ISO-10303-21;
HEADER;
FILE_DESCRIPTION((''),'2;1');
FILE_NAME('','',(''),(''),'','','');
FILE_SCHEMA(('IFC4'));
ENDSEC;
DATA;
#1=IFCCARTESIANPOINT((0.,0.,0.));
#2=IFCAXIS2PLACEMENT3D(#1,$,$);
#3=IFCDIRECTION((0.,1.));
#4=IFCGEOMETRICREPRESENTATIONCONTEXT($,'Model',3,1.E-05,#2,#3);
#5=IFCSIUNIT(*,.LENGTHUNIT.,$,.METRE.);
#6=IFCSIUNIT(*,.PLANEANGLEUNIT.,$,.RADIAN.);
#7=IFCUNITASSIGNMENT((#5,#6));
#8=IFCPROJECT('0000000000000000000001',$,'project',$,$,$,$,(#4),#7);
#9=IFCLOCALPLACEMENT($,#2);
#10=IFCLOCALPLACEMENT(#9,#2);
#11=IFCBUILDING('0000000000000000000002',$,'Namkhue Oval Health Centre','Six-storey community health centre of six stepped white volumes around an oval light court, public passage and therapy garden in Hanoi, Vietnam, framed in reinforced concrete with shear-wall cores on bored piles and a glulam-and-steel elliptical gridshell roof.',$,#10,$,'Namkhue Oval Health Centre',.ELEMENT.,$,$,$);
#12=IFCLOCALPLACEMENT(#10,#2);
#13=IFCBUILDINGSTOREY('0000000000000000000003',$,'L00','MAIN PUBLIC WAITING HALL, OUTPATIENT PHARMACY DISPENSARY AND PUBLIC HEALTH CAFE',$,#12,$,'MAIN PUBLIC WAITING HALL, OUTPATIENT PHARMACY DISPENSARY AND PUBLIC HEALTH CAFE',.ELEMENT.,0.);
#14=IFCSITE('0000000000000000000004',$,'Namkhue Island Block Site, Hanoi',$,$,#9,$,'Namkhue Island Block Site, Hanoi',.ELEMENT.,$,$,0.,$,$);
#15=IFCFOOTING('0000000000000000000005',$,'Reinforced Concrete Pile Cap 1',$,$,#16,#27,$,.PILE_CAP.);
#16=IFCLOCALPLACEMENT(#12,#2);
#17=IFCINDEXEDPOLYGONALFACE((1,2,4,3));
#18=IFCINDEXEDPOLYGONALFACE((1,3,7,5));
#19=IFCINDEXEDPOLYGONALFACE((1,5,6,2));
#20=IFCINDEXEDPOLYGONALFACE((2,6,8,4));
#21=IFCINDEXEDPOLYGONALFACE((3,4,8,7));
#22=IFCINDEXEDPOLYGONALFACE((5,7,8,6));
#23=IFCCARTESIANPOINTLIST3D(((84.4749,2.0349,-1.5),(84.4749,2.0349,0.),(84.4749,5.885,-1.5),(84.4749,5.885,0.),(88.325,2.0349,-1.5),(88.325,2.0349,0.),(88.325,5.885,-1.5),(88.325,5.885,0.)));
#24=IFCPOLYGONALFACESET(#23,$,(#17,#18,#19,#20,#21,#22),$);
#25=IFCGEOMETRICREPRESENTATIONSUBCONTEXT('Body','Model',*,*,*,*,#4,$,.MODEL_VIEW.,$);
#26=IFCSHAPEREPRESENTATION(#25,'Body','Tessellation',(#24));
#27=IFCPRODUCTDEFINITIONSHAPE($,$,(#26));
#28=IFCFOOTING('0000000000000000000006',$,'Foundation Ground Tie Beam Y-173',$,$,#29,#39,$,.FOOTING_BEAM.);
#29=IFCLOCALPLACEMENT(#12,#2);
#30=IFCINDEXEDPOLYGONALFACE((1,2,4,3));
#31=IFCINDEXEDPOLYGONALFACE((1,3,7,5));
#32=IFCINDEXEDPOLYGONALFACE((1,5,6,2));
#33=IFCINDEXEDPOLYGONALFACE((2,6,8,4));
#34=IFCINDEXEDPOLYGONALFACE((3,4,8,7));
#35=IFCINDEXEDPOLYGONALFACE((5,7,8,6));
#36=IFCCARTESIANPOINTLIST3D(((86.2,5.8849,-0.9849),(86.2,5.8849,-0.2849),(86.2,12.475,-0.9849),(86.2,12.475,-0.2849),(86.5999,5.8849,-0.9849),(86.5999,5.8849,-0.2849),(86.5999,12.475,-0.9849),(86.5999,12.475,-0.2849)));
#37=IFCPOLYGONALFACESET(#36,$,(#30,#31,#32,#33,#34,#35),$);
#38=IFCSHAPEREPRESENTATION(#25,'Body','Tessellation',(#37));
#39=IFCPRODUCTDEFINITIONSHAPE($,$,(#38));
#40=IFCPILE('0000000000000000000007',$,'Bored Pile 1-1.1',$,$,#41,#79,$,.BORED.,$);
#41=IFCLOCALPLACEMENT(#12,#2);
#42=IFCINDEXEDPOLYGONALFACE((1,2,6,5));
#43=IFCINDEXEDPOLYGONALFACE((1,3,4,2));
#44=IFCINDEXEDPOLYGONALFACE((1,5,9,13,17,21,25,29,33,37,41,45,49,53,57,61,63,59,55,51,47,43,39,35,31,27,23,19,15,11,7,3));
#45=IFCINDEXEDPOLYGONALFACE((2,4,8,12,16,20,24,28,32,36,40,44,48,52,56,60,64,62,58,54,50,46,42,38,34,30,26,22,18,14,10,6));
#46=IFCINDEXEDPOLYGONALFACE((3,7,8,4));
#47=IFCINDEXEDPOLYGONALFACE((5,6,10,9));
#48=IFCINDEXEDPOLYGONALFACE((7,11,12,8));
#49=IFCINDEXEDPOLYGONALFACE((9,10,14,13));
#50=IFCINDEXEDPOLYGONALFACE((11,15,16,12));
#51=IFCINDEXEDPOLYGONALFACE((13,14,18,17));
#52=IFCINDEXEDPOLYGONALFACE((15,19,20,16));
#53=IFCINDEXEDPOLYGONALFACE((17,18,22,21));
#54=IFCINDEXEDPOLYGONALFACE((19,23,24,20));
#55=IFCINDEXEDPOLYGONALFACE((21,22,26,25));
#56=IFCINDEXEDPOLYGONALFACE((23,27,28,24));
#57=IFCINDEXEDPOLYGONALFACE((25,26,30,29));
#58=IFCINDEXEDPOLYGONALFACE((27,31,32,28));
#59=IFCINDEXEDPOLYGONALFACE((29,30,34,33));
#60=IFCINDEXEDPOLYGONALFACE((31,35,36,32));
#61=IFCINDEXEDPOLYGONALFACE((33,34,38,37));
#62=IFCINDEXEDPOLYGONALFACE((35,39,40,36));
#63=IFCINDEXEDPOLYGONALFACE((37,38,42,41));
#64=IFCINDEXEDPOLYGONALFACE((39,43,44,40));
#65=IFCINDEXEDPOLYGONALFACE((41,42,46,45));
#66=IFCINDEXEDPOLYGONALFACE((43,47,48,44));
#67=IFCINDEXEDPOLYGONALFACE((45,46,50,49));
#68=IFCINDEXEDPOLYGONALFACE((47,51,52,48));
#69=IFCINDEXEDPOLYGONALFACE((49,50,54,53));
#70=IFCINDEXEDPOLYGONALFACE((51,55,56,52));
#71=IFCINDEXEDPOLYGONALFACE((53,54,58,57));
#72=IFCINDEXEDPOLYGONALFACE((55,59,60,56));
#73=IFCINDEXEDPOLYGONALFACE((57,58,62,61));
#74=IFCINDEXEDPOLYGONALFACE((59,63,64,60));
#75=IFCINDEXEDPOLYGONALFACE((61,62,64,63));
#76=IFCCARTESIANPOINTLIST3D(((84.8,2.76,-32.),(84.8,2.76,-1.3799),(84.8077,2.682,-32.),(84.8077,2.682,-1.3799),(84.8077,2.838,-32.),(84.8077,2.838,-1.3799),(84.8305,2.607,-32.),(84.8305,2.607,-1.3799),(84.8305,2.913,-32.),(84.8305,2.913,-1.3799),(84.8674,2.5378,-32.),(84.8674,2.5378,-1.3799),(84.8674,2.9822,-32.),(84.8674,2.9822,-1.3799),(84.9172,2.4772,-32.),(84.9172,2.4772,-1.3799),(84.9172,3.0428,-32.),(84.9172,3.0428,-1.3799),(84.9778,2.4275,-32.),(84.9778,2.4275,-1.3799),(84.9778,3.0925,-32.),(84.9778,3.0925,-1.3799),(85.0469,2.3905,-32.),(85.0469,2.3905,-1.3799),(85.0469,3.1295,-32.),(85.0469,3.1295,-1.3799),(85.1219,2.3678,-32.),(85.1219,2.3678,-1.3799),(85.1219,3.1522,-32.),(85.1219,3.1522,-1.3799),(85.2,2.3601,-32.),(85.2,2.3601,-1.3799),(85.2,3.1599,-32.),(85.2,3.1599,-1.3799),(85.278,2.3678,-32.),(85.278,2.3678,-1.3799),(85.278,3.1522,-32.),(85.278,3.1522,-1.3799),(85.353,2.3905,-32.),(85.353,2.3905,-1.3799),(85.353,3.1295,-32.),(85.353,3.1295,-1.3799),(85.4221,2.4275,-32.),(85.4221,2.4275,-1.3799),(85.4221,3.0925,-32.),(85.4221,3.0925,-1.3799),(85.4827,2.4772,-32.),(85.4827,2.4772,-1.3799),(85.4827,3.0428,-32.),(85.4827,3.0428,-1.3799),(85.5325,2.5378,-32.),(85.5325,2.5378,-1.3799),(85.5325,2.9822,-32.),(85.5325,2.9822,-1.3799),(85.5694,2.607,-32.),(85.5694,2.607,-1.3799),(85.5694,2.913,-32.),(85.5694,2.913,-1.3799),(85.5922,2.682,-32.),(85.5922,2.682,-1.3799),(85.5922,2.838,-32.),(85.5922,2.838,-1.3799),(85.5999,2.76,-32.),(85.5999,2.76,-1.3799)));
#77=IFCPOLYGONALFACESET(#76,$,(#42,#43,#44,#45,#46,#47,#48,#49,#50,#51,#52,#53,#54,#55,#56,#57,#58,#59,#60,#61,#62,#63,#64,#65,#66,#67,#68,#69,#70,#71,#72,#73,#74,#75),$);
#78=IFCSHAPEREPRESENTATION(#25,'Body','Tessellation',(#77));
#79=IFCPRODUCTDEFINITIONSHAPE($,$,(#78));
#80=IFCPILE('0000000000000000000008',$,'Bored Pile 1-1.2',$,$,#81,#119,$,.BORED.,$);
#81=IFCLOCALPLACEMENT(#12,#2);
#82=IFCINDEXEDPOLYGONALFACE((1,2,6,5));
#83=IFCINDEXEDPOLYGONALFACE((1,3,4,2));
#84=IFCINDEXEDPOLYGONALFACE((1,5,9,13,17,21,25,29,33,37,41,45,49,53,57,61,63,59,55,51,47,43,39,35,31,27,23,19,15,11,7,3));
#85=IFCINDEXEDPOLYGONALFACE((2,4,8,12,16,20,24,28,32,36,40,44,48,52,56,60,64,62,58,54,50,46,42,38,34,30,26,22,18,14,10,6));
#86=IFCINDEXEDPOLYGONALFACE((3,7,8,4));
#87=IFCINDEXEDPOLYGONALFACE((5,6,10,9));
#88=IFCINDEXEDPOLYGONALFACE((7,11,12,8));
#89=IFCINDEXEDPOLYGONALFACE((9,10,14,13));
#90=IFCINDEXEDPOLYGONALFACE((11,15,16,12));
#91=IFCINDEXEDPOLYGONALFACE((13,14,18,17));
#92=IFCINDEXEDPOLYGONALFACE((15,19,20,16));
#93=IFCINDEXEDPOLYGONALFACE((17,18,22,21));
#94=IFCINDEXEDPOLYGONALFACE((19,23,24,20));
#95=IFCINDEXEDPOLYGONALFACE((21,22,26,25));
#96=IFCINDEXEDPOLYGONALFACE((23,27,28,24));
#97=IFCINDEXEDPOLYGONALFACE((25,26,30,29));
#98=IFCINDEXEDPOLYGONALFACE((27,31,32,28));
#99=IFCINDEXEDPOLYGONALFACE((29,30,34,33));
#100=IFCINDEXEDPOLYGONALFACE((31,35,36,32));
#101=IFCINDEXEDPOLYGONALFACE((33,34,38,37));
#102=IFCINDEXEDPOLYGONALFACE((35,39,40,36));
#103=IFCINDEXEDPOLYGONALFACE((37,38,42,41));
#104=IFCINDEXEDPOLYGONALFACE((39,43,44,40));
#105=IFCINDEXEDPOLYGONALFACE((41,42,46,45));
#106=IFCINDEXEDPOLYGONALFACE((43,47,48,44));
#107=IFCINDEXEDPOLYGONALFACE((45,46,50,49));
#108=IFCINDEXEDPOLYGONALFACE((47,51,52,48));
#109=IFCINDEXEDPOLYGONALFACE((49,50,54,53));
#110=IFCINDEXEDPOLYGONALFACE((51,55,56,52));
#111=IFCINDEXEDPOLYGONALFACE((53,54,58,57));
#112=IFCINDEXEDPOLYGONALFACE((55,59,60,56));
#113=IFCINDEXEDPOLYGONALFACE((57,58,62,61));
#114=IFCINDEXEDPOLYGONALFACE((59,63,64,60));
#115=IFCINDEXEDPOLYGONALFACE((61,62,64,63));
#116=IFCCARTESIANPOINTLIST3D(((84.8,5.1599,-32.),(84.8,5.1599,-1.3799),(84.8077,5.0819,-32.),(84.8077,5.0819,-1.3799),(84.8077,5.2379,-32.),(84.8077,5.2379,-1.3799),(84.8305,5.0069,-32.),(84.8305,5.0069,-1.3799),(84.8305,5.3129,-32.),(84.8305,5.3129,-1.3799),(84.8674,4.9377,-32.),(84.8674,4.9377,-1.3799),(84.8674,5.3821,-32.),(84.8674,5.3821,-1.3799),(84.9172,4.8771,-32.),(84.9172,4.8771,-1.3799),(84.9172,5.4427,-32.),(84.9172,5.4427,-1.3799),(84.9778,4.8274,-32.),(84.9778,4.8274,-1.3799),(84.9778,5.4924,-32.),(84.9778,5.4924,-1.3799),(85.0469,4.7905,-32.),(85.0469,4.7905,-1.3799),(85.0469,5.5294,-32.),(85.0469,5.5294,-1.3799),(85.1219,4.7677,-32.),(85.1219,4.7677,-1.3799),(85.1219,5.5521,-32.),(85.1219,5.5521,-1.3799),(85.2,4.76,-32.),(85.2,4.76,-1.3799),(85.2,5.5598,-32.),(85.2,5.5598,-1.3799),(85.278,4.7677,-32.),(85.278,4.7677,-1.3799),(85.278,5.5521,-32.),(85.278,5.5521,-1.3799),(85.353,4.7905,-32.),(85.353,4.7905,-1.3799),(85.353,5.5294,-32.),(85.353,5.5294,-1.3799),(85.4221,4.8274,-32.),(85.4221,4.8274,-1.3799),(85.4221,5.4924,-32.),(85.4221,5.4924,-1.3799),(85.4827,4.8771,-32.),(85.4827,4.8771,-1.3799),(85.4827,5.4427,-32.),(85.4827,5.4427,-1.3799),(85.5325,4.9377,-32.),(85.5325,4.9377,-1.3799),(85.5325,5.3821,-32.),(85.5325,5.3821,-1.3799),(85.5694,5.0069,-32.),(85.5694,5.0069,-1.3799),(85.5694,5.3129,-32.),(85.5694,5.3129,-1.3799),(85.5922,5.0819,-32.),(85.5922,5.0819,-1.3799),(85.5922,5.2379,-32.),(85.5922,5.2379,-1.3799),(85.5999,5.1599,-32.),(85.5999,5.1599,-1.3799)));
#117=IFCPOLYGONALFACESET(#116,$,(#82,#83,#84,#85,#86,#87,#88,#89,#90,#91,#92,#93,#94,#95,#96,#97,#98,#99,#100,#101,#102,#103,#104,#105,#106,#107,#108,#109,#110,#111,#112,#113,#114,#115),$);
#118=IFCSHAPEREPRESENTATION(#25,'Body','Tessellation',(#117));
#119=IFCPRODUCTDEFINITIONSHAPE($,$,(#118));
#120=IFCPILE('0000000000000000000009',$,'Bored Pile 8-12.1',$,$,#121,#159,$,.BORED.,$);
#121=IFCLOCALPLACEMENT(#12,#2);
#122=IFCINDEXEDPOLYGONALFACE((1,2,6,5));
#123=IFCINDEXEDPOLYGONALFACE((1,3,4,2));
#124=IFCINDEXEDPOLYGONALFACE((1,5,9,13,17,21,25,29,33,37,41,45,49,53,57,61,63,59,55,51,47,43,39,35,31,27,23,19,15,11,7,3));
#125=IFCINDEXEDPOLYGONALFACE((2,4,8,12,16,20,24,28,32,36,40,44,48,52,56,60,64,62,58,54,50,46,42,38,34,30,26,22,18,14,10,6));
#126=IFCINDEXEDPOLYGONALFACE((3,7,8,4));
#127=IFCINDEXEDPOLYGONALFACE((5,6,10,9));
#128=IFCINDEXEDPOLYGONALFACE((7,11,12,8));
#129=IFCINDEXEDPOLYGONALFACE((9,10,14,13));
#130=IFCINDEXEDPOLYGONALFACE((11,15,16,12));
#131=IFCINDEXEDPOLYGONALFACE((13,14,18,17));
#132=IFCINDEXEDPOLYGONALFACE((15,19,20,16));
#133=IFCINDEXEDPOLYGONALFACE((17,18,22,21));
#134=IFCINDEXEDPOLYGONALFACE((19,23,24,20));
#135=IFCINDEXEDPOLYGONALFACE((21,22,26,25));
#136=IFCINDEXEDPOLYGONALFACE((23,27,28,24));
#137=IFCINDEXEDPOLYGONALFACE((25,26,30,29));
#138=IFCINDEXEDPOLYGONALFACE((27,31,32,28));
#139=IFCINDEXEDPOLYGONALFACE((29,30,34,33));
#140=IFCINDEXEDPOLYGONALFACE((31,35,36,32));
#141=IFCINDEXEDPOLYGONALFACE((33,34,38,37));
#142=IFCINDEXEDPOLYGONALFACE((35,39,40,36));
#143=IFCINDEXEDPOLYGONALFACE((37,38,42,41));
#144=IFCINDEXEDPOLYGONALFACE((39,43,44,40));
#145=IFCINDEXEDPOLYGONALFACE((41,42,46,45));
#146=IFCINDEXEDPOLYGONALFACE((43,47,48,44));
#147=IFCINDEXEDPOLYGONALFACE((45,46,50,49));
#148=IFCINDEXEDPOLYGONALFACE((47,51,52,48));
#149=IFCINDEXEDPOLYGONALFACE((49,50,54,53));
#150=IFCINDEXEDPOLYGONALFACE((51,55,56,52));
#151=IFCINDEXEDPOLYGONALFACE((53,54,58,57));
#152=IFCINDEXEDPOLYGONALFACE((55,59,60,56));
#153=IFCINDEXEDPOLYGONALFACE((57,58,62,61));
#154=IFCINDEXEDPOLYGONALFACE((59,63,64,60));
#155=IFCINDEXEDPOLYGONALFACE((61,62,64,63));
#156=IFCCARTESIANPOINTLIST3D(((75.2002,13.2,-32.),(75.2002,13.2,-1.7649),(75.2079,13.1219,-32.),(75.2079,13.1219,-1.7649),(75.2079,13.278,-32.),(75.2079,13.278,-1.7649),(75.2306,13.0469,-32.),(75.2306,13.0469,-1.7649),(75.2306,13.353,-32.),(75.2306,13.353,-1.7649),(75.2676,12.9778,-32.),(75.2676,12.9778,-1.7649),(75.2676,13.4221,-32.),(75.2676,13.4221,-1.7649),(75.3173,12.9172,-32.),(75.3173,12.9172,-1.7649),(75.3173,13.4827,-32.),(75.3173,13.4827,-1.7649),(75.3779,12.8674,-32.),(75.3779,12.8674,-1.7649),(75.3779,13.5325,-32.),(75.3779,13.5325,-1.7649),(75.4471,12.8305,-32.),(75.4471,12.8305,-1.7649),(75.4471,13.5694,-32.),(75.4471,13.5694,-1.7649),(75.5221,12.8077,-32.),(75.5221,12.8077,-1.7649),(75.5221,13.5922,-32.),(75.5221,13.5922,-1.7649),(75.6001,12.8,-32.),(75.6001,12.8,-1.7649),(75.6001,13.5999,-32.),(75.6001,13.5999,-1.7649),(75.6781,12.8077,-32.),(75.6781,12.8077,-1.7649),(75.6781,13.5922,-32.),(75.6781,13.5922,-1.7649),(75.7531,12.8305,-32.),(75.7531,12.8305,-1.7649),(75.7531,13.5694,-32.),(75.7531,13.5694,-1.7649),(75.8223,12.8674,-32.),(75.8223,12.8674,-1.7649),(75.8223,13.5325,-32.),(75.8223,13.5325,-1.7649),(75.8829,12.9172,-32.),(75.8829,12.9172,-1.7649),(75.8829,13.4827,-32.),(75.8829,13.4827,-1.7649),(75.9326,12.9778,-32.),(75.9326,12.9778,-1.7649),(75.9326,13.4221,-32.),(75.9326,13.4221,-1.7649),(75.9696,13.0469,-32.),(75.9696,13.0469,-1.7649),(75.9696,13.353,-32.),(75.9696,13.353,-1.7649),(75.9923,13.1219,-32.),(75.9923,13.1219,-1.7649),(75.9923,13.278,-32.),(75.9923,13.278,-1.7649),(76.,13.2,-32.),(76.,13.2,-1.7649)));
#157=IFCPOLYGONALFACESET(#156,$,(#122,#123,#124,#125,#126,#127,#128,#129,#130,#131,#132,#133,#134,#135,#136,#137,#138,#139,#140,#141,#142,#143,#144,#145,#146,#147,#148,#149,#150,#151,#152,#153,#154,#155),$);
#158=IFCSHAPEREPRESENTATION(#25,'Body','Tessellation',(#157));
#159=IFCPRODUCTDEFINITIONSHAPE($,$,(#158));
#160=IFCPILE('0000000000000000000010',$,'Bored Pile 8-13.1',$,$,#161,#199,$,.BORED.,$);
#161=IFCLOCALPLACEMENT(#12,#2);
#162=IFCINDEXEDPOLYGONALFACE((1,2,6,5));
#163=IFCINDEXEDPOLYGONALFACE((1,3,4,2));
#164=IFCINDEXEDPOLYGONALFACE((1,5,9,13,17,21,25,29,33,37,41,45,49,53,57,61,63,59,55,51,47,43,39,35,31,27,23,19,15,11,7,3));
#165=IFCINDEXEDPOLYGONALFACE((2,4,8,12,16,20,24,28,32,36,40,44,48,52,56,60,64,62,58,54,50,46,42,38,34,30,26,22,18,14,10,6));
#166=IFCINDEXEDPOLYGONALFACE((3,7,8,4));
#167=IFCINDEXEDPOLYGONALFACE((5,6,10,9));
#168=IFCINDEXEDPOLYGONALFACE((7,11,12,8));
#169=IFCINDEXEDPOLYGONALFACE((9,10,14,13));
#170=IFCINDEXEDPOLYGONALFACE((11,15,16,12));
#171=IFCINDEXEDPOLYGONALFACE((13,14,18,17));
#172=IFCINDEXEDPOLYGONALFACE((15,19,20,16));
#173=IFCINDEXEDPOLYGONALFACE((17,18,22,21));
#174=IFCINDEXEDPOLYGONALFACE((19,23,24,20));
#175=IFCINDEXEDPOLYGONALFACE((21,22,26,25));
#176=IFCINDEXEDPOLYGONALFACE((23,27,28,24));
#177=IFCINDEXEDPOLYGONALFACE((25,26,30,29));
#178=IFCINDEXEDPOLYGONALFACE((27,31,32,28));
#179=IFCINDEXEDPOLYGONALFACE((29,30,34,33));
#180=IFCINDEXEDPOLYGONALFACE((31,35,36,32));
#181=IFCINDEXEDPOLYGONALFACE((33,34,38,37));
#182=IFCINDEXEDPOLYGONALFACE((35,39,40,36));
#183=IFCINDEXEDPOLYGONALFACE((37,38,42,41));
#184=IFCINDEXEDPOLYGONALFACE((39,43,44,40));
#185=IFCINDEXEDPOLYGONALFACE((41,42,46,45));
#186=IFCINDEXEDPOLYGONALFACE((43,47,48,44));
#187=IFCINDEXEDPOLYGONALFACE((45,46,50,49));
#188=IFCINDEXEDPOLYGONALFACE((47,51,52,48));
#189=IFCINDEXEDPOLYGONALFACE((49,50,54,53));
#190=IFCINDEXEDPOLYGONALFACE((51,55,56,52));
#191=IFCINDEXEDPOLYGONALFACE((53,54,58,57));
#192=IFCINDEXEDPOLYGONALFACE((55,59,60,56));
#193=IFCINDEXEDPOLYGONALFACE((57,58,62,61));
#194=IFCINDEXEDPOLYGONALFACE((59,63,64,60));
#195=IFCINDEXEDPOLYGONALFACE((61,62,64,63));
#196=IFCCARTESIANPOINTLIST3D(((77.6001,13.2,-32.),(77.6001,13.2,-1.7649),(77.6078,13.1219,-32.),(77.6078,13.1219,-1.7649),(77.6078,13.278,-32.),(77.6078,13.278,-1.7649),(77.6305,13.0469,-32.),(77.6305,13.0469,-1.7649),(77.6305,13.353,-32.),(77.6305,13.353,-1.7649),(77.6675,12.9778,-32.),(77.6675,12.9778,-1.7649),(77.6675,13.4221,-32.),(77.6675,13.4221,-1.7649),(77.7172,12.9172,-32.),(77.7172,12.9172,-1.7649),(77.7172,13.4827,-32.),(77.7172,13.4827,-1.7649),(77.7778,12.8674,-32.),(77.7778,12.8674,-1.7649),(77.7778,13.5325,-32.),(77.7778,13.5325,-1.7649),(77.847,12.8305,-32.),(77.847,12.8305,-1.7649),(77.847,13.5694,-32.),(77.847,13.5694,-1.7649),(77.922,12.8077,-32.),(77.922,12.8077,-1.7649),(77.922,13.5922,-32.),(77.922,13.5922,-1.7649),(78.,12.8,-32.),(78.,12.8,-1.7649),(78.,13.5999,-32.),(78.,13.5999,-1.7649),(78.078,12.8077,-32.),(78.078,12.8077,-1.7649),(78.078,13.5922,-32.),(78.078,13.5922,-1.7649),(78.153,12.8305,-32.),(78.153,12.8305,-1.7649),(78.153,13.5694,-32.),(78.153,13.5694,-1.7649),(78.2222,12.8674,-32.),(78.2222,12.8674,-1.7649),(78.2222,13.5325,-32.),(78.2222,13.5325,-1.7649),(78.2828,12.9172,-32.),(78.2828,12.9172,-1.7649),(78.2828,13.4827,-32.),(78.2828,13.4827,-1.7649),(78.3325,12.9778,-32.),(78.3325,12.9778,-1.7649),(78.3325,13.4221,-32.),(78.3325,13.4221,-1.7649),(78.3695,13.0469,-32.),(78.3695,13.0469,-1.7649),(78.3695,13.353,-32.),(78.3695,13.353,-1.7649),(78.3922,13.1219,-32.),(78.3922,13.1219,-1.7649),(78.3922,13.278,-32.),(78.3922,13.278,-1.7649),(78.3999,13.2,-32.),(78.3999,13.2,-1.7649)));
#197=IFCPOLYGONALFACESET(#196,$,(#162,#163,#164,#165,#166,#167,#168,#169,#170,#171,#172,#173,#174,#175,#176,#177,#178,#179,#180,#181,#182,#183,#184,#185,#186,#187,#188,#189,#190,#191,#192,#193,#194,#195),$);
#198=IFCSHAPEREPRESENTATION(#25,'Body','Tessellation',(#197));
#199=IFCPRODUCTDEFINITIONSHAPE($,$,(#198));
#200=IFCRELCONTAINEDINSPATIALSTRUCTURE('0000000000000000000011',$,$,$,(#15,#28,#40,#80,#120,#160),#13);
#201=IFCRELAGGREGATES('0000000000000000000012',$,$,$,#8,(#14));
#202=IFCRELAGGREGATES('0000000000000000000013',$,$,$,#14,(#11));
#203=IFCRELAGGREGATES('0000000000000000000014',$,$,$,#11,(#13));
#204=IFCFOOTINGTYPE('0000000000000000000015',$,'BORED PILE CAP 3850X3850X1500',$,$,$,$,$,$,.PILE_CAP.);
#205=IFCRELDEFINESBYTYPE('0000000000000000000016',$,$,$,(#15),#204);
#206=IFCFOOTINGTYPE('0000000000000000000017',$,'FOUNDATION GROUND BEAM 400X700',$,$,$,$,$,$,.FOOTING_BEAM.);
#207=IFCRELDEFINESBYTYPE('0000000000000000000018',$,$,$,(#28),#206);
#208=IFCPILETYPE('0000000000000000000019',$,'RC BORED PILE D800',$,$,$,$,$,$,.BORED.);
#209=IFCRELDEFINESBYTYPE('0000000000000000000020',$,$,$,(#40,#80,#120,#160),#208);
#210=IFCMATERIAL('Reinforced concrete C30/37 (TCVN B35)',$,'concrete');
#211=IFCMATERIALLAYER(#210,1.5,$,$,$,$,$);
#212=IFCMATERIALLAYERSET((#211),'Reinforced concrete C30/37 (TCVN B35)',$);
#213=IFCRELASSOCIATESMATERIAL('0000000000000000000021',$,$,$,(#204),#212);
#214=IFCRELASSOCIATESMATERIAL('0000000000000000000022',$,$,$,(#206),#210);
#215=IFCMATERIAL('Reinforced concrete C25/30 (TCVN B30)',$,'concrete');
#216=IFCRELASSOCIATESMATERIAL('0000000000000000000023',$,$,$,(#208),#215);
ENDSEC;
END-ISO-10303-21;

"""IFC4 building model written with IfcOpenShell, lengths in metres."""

from ifc_helpers import new_model, si_unit, direction, frame, origin, origin_2d, place, context, subcontext, project, spatial, rectangle, circle, extrude, material, layer, layer_set, material_profile, profile_set, type_object, element, save


model = new_model("IFC4")

# Units and contexts
model_context = context("Model", 3, precision=1e-05, world=origin(), true_north=direction((0.0, 1.0)))
body_context = subcontext(model_context, "Body", "Model", "MODEL_VIEW")
ifc_project = project(units=[si_unit("LENGTHUNIT", "METRE"), si_unit("PLANEANGLEUNIT", "RADIAN")], contexts=[model_context])

# Site, building, storey
site_placement = place(None, origin())
site = spatial("IfcSite", under=ifc_project, at=site_placement, Name="Namkhue Island Block Site, Hanoi", LongName="Namkhue Island Block Site, Hanoi", CompositionType="ELEMENT", RefElevation=0.0)
building_placement = place(site_placement, origin())
building = spatial("IfcBuilding", under=site, at=building_placement, Name="Namkhue Oval Health Centre", Description="Six-storey community health centre of six stepped white volumes around an oval light court, public passage and therapy garden in Hanoi, Vietnam, framed in reinforced concrete with shear-wall cores on bored piles and a glulam-and-steel elliptical gridshell roof.", LongName="Namkhue Oval Health Centre", CompositionType="ELEMENT")
storey_placement = place(building_placement, origin())
storey = spatial("IfcBuildingStorey", under=building, at=storey_placement, Name="L00", Description="MAIN PUBLIC WAITING HALL, OUTPATIENT PHARMACY DISPENSARY AND PUBLIC HEALTH CAFE", LongName="MAIN PUBLIC WAITING HALL, OUTPATIENT PHARMACY DISPENSARY AND PUBLIC HEALTH CAFE", CompositionType="ELEMENT", Elevation=0.0)

# Footings
ifc_material_1 = material(Name="Reinforced concrete C30/37 (TCVN B35)", Category="concrete")
ifc_layer_1 = layer(ifc_material_1, 1.5)
ifc_layer_set_1 = layer_set([ifc_layer_1], Name="Reinforced concrete C30/37 (TCVN B35)")
footing_type_1 = type_object("IfcFootingType", Name="BORED PILE CAP 3850X3850X1500", PredefinedType="PILE_CAP", material=ifc_layer_set_1)
footing_1_placement = place(storey_placement, frame((86.3999, 3.96, -1.5), z_axis=(0.0, 0.0, 1.0), x_axis=(1.0, 0.0, 0.0)))
element("IfcFooting", 1, at=footing_1_placement, inside=storey, type_object=footing_type_1, Name="Reinforced Concrete Pile Cap 1", PredefinedType="PILE_CAP", context=body_context, shape_type="SweptSolid", body=[
    extrude(rectangle(XDim=3.8501, YDim=3.8501, at=origin_2d()), origin(), (0.0, 0.0, 1.0), 1.5),
])
footing_type_2 = type_object("IfcFootingType", Name="FOUNDATION GROUND BEAM 400X700", PredefinedType="FOOTING_BEAM", material=ifc_material_1)
footing_2_placement = place(storey_placement, frame((86.3999, 9.1799, -0.9849), z_axis=(0.0, 0.0, 1.0), x_axis=(0.0, 1.0, 0.0)))
element("IfcFooting", 2, at=footing_2_placement, inside=storey, type_object=footing_type_2, Name="Foundation Ground Tie Beam Y-173", PredefinedType="FOOTING_BEAM", context=body_context, shape_type="SweptSolid", body=[
    extrude(rectangle(XDim=6.5901, YDim=0.3999, at=origin_2d()), origin(), (0.0, 0.0, 1.0), 0.7),
])

# Piles
ifc_material_2 = material(Name="Reinforced concrete C25/30 (TCVN B30)", Category="concrete")
ifc_material_profile_1 = material_profile(ifc_material_2, circle(Radius=0.3999, at=origin_2d()), Name="BORED PILE D800")
ifc_profile_set_1 = profile_set([ifc_material_profile_1], Name="Reinforced concrete C25/30 (TCVN B30)")
pile_type = type_object("IfcPileType", Name="RC BORED PILE D800", PredefinedType="BORED", material=ifc_profile_set_1)
for number, where, z_axis, x_axis, name in (
    (3, (85.2, 2.76, -1.3799), (0.0, 0.0, -1.0), (1.0, 0.0, 0.0), "Bored Pile 1-1.1"),
    (4, (85.2, 5.1599, -1.3799), (0.0, 0.0, -1.0), (1.0, 0.0, 0.0), "Bored Pile 1-1.2"),
):
    element("IfcPile", number, at=place(storey_placement, frame(where, z_axis=z_axis, x_axis=x_axis)), inside=storey, type_object=pile_type, Name=name, PredefinedType="BORED", context=body_context, shape_type="SweptSolid", body=[
        extrude(circle(Radius=0.3999, at=origin_2d()), origin(), (0.0, 0.0, 1.0), 30.6201),
    ])
for number, where, z_axis, x_axis, name in (
    (5, (75.6001, 13.2, -1.7649), (0.0, 0.0, -1.0), (1.0, 0.0, 0.0), "Bored Pile 8-12.1"),
    (6, (78.0, 13.2, -1.7649), (0.0, 0.0, -1.0), (1.0, 0.0, 0.0), "Bored Pile 8-13.1"),
):
    element("IfcPile", number, at=place(storey_placement, frame(where, z_axis=z_axis, x_axis=x_axis)), inside=storey, type_object=pile_type, Name=name, PredefinedType="BORED", context=body_context, shape_type="SweptSolid", body=[
        extrude(circle(Radius=0.3999, at=origin_2d()), origin(), (0.0, 0.0, 1.0), 30.2351),
    ])

save(model, "model.ifc")
